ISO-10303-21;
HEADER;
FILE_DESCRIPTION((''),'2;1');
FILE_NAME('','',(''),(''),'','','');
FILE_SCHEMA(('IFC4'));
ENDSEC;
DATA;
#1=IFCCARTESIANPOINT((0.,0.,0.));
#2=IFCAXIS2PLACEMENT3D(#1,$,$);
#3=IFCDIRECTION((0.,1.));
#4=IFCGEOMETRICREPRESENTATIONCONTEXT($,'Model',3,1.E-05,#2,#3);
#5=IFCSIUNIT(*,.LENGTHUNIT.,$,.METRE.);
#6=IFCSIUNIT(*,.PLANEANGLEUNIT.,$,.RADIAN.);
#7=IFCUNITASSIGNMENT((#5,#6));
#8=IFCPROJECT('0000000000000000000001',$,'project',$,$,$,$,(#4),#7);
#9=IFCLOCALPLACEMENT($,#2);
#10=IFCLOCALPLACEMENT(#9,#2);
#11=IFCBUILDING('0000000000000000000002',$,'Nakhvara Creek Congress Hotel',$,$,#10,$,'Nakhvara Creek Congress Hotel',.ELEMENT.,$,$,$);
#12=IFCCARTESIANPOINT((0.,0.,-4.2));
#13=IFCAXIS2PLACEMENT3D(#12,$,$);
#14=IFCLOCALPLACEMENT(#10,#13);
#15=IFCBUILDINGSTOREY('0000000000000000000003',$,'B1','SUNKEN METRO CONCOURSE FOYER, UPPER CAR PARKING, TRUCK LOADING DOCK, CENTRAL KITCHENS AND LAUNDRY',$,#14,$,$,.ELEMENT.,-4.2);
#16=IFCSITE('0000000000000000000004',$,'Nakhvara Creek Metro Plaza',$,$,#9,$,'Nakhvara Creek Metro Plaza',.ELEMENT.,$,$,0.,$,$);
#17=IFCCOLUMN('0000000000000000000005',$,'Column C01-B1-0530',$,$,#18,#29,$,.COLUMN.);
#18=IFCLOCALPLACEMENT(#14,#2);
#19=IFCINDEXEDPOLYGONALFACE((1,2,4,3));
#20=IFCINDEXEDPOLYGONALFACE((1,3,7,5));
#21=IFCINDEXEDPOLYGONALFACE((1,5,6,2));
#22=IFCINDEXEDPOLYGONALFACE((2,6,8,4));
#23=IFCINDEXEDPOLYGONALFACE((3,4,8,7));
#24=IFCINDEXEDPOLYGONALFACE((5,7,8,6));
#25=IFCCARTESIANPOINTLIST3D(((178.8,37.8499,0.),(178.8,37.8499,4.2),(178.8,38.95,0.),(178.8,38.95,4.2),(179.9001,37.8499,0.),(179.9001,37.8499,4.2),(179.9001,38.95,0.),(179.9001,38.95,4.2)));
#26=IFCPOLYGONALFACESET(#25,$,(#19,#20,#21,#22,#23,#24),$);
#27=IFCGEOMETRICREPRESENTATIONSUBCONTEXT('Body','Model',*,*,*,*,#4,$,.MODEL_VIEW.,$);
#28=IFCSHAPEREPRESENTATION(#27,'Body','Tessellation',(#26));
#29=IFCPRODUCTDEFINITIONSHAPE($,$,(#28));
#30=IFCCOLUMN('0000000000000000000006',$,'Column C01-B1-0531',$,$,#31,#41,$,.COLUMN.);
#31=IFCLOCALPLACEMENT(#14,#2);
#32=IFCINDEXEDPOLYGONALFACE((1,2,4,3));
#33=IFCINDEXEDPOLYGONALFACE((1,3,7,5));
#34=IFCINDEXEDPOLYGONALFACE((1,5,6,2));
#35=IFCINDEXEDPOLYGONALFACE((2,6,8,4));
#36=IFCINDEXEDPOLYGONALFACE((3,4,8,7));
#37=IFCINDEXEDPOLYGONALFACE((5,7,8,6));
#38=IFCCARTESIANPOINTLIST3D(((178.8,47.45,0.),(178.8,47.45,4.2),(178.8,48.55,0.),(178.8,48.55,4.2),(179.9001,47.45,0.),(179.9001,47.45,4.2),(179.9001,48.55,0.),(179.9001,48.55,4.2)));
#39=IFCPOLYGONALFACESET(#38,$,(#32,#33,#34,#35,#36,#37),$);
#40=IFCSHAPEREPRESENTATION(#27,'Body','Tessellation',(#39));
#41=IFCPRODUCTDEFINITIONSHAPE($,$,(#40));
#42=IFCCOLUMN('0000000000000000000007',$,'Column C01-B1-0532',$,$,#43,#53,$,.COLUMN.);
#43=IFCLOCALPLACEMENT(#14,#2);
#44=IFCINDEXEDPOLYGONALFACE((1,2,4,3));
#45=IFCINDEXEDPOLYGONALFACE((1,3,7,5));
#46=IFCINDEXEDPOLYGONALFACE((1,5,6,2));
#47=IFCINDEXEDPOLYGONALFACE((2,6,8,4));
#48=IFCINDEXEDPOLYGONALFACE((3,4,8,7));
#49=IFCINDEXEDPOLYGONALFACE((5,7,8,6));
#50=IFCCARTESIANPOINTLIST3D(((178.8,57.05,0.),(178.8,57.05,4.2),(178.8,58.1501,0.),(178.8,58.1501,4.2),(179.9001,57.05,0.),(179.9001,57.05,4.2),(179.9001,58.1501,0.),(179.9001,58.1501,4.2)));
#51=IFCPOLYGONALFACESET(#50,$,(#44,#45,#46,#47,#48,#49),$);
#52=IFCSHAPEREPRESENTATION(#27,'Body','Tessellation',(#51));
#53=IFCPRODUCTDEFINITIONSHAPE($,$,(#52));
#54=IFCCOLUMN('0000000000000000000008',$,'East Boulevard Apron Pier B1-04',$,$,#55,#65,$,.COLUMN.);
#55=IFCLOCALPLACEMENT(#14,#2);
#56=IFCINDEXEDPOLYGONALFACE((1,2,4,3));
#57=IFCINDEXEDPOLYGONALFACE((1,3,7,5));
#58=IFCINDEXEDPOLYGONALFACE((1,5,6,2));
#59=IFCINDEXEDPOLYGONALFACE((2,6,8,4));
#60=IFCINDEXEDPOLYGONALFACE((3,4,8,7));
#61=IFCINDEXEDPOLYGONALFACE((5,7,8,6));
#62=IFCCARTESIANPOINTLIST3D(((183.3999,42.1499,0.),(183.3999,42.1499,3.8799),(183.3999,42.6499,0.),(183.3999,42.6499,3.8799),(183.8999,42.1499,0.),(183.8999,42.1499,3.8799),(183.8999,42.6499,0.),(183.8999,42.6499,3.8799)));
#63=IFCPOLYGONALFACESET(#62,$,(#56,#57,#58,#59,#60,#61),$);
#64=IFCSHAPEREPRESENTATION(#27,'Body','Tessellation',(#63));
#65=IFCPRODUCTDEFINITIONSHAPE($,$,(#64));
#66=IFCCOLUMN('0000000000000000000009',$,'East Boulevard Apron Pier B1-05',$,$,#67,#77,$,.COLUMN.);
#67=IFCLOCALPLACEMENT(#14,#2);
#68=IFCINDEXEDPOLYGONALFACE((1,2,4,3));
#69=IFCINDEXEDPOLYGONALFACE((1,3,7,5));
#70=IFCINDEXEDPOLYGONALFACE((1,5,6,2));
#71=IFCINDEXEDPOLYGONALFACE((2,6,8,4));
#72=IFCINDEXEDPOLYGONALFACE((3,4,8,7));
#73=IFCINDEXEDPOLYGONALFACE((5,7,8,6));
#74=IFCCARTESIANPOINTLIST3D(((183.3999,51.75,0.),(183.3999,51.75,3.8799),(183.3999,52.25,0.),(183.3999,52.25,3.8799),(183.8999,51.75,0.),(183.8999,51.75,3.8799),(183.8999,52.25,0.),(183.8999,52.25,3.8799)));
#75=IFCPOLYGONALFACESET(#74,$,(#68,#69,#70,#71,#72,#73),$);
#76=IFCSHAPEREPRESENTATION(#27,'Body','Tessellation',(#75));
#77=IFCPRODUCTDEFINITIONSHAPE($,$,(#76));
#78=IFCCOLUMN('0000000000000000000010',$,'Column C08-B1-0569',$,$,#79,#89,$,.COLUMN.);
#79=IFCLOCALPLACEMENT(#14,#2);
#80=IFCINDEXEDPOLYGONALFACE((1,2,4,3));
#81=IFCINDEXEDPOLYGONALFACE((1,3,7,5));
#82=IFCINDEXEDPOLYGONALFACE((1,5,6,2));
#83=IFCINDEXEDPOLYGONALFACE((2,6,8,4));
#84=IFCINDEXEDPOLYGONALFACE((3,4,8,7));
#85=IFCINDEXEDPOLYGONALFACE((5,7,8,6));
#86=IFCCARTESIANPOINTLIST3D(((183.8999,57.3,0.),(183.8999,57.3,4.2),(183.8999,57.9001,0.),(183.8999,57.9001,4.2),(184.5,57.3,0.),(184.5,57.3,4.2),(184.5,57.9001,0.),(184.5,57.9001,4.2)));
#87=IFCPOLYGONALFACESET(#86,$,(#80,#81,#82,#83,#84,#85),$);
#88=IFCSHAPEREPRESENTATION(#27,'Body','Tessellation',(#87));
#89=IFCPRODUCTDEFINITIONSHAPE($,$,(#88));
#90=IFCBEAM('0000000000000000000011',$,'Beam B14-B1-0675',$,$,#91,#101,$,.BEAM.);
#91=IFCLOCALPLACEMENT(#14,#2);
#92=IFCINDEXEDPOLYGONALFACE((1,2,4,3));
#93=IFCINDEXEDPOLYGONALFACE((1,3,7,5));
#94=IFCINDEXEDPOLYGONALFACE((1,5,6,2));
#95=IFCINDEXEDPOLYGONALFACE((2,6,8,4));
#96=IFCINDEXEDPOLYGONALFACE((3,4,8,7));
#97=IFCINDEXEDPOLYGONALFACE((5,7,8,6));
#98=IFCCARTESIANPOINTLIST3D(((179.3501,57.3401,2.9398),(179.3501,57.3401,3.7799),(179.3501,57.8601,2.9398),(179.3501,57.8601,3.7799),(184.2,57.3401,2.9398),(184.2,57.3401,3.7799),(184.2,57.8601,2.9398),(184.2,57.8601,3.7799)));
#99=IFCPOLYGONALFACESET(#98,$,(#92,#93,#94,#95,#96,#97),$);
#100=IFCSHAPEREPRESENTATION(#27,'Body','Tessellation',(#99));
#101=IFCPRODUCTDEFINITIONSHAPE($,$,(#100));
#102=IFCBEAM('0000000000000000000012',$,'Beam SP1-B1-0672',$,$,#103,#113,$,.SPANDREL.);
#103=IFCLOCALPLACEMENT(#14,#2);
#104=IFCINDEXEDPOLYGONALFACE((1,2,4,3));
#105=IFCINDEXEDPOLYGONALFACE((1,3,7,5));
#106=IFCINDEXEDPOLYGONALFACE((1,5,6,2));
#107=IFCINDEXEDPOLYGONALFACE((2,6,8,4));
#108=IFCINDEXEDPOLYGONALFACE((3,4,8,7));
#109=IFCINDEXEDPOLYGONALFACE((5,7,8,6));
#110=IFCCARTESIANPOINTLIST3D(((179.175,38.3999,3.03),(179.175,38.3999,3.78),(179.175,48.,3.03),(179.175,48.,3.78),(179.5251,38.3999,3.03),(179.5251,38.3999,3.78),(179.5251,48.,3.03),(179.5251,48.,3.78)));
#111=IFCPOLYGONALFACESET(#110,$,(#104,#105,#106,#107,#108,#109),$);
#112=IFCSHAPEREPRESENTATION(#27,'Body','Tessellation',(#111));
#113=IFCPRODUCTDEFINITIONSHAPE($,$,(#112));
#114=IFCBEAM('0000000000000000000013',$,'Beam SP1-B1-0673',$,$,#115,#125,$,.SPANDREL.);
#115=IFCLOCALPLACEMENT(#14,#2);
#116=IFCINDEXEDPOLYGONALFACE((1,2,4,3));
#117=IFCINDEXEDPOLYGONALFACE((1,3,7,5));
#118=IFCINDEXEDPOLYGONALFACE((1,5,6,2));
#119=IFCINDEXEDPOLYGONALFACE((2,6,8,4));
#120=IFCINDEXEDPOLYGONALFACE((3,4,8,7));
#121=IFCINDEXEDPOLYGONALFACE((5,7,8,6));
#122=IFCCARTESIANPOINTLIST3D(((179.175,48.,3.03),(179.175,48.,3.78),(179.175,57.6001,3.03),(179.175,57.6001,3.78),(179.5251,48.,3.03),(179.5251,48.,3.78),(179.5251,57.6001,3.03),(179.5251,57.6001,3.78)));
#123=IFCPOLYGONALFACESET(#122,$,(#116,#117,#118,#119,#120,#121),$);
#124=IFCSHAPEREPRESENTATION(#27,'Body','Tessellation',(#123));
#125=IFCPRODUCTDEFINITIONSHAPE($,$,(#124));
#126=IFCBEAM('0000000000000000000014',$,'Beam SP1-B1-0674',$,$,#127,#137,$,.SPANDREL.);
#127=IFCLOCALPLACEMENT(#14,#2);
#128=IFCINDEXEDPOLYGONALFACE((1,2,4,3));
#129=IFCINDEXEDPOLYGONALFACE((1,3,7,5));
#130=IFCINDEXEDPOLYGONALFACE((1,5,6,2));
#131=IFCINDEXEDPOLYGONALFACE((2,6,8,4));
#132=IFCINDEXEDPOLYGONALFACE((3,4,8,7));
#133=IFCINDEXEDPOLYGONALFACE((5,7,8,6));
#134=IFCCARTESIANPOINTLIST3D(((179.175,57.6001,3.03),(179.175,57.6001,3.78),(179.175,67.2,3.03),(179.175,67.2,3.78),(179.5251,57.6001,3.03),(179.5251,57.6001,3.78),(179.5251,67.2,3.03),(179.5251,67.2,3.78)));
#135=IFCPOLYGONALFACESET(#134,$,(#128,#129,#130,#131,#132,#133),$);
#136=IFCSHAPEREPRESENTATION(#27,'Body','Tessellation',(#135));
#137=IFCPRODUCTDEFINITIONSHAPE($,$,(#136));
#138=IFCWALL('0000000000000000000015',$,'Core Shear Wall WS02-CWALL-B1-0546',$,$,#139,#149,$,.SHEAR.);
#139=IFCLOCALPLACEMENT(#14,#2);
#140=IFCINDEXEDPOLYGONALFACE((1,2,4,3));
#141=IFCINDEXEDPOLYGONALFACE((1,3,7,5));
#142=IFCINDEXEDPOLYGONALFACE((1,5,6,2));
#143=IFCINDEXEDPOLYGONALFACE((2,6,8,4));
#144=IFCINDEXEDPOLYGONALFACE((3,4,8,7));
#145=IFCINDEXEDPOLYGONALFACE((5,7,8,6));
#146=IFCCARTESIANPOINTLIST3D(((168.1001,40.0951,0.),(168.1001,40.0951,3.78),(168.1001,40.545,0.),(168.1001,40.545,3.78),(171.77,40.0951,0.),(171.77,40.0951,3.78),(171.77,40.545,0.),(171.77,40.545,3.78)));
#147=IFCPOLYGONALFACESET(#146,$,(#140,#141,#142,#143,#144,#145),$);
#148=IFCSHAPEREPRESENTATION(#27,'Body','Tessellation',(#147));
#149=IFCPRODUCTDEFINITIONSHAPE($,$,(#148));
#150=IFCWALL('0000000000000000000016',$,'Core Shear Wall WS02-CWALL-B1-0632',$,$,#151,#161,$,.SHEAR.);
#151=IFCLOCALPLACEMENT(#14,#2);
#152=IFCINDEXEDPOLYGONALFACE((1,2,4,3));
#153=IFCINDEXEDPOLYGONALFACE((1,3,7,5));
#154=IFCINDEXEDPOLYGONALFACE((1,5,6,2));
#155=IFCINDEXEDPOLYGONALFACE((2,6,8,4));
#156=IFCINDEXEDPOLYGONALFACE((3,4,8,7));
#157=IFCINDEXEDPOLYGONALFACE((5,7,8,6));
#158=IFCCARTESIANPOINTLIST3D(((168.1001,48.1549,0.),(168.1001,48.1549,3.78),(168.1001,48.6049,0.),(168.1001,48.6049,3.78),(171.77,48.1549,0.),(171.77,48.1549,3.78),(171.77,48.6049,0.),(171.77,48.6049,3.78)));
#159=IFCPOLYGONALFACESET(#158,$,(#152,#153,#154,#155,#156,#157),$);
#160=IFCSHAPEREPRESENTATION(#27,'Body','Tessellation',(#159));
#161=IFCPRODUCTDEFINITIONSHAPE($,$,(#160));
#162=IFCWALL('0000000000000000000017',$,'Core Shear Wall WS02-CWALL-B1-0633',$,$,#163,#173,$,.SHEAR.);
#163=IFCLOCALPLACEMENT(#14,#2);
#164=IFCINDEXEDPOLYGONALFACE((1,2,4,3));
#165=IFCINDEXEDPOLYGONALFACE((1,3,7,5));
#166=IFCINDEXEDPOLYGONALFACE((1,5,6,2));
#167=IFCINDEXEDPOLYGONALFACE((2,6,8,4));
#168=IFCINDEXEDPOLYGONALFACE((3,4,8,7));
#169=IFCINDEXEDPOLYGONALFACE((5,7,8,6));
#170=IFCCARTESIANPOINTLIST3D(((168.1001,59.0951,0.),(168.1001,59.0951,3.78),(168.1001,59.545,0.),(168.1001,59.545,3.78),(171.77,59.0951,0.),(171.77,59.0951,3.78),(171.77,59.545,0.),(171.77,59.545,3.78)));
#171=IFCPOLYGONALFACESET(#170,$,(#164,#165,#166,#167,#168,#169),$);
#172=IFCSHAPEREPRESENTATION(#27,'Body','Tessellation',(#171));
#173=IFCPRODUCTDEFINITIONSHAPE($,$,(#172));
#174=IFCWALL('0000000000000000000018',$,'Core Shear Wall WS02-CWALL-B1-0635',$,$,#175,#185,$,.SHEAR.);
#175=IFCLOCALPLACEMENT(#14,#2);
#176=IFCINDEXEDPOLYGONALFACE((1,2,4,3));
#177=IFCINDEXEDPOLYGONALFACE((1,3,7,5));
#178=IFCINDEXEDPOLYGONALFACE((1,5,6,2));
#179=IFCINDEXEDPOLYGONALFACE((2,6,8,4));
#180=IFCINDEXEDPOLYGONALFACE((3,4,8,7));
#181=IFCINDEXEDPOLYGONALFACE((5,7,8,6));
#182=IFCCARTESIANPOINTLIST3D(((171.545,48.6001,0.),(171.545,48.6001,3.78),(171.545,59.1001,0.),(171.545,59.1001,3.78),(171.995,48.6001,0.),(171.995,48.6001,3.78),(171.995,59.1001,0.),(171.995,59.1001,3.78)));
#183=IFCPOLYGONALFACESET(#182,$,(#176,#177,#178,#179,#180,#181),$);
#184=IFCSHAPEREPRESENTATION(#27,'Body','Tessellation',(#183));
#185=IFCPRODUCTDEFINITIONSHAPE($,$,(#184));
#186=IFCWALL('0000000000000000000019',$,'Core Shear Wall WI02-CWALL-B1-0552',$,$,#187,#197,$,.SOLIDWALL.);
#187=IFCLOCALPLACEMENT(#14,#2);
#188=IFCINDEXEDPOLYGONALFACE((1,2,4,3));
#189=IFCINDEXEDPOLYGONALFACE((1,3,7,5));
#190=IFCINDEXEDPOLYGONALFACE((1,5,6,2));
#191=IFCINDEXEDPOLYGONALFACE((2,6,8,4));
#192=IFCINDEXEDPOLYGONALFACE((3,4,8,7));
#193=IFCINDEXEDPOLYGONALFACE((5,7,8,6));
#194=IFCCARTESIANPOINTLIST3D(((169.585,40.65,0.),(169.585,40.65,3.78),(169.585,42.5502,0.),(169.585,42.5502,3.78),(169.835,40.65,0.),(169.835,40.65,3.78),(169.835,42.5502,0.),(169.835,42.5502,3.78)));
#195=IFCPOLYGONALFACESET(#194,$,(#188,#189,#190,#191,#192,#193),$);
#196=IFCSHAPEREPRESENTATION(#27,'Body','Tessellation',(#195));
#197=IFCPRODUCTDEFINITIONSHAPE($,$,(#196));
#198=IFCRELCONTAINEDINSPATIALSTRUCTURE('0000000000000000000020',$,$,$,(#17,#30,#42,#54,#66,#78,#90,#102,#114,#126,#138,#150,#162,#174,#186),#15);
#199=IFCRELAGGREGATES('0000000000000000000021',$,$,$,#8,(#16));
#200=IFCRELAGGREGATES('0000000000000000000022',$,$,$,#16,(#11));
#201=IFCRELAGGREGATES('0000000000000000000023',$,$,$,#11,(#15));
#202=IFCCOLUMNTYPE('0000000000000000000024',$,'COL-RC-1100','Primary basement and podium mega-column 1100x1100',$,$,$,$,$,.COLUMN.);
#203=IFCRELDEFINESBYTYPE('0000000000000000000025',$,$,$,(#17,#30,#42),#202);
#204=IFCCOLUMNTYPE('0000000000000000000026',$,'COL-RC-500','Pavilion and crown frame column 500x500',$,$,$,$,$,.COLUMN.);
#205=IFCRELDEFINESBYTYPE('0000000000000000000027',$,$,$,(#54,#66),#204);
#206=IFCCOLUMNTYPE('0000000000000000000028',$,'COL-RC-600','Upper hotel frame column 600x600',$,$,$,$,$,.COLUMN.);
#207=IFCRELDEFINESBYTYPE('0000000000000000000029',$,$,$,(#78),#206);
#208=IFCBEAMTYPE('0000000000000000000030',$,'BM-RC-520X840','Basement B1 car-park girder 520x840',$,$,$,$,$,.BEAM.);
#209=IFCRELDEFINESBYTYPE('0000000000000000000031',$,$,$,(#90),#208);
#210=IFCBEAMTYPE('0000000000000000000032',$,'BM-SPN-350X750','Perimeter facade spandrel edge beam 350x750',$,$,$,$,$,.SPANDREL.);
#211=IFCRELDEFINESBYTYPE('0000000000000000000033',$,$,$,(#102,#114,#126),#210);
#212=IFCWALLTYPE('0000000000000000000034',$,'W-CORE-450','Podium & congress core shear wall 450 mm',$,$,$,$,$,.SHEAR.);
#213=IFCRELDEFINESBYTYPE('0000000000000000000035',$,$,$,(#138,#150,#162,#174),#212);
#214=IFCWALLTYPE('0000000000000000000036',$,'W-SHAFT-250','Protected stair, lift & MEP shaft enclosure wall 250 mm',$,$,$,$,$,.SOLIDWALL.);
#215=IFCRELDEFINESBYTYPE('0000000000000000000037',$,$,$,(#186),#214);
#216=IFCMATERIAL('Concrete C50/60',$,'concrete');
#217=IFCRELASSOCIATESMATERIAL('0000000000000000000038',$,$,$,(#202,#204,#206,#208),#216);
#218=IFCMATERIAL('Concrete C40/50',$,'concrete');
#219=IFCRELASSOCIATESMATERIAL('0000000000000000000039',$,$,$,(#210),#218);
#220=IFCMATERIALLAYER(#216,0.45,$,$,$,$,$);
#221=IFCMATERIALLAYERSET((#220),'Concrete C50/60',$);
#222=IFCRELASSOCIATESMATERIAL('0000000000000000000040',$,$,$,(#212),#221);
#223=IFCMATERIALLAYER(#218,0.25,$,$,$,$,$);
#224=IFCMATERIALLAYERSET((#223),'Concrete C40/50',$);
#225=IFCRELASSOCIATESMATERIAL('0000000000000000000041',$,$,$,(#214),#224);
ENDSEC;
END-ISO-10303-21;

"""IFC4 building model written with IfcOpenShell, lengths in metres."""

from ifc_helpers import new_model, si_unit, direction, frame, frame_2d, origin, origin_2d, place, context, subcontext, project, spatial, rectangle, extrude, material, layer, layer_set, material_profile, profile_set, type_object, element, save


model = new_model("IFC4")

# Units and contexts
model_context = context("Model", 3, precision=1e-05, world=origin(), true_north=direction((0.0, 1.0)))
body_context = subcontext(model_context, "Body", "Model", "MODEL_VIEW")
ifc_project = project(units=[si_unit("LENGTHUNIT", "METRE"), si_unit("PLANEANGLEUNIT", "RADIAN")], contexts=[model_context])

# Site, building, storey
site_placement = place(None, origin())
site = spatial("IfcSite", under=ifc_project, at=site_placement, Name="Nakhvara Creek Metro Plaza", LongName="Nakhvara Creek Metro Plaza", CompositionType="ELEMENT", RefElevation=0.0)
building_placement = place(site_placement, origin())
building = spatial("IfcBuilding", under=site, at=building_placement, Name="Nakhvara Creek Congress Hotel", LongName="Nakhvara Creek Congress Hotel", CompositionType="ELEMENT")
storey_placement = place(building_placement, frame((0.0, 0.0, -4.2)))
storey = spatial("IfcBuildingStorey", under=building, at=storey_placement, Name="B1", Description="SUNKEN METRO CONCOURSE FOYER, UPPER CAR PARKING, TRUCK LOADING DOCK, CENTRAL KITCHENS AND LAUNDRY", CompositionType="ELEMENT", Elevation=-4.2)

# Columns
ifc_material_1 = material(Name="Concrete C50/60", Category="concrete")
ifc_material_profile_1 = material_profile(ifc_material_1, rectangle(XDim=1.1001, YDim=1.1001, at=origin_2d()), Name="RC-COL 1100x1100", Category="LoadBearing")
ifc_profile_set_1 = profile_set([ifc_material_profile_1], Name="Concrete C50/60")
column_type_1 = type_object("IfcColumnType", Name="COL-RC-1100", Description="Primary basement and podium mega-column 1100x1100", PredefinedType="COLUMN", material=ifc_profile_set_1)
for number, where, z_axis, x_axis, name in (
    (1, (179.3501, 38.3999, 0.0), (0.0, 0.0, 1.0), (1.0, 0.0, 0.0), "Column C01-B1-0530"),
    (2, (179.3501, 48.0, 0.0), (0.0, 0.0, 1.0), (1.0, 0.0, 0.0), "Column C01-B1-0531"),
    (3, (179.3501, 57.6001, 0.0), (0.0, 0.0, 1.0), (1.0, 0.0, 0.0), "Column C01-B1-0532"),
):
    element("IfcColumn", number, at=place(storey_placement, frame(where, z_axis=z_axis, x_axis=x_axis)), inside=storey, type_object=column_type_1, Name=name, PredefinedType="COLUMN", context=body_context, shape_type="SweptSolid", body=[
        extrude(rectangle(XDim=1.1001, YDim=1.1001, at=origin_2d()), origin(), (0.0, 0.0, 1.0), 4.2),
    ])
ifc_material_profile_2 = material_profile(ifc_material_1, rectangle(XDim=0.5, YDim=0.5, at=origin_2d()), Name="RC-COL 500x500", Category="LoadBearing")
ifc_profile_set_2 = profile_set([ifc_material_profile_2], Name="Concrete C50/60")
column_type_2 = type_object("IfcColumnType", Name="COL-RC-500", Description="Pavilion and crown frame column 500x500", PredefinedType="COLUMN", material=ifc_profile_set_2)
for number, where, z_axis, x_axis, name in (
    (4, (183.6499, 42.3999, 0.0), (0.0, 0.0, 1.0), (1.0, 0.0, 0.0), "East Boulevard Apron Pier B1-04"),
    (5, (183.6499, 52.0, 0.0), (0.0, 0.0, 1.0), (1.0, 0.0, 0.0), "East Boulevard Apron Pier B1-05"),
):
    element("IfcColumn", number, at=place(storey_placement, frame(where, z_axis=z_axis, x_axis=x_axis)), inside=storey, type_object=column_type_2, Name=name, PredefinedType="COLUMN", context=body_context, shape_type="SweptSolid", body=[
        extrude(rectangle(XDim=0.5, YDim=0.5, at=origin_2d()), origin(), (0.0, 0.0, 1.0), 3.8799),
    ])
ifc_material_profile_3 = material_profile(ifc_material_1, rectangle(XDim=0.6001, YDim=0.6001, at=origin_2d()), Name="RC-COL 600x600", Category="LoadBearing")
ifc_profile_set_3 = profile_set([ifc_material_profile_3], Name="Concrete C50/60")
column_type_3 = type_object("IfcColumnType", Name="COL-RC-600", Description="Upper hotel frame column 600x600", PredefinedType="COLUMN", material=ifc_profile_set_3)
column_placement = place(storey_placement, frame((184.2, 57.6001, 0.0), z_axis=(0.0, 0.0, 1.0), x_axis=(1.0, 0.0, 0.0)))
element("IfcColumn", 6, at=column_placement, inside=storey, type_object=column_type_3, Name="Column C08-B1-0569", PredefinedType="COLUMN", context=body_context, shape_type="SweptSolid", body=[
    extrude(rectangle(XDim=0.6001, YDim=0.6001, at=origin_2d()), origin(), (0.0, 0.0, 1.0), 4.2),
])

# Beams
ifc_material_profile_4 = material_profile(ifc_material_1, rectangle(XDim=0.52, YDim=0.8401, at=origin_2d()), Name="RC-BM 520x840", Category="LoadBearing")
ifc_profile_set_4 = profile_set([ifc_material_profile_4], Name="Concrete C50/60")
beam_type_1 = type_object("IfcBeamType", Name="BM-RC-520X840", Description="Basement B1 car-park girder 520x840", PredefinedType="BEAM", material=ifc_profile_set_4)
beam_1_placement = place(storey_placement, frame((179.3501, 57.6001, 3.3599), z_axis=(1.0, 0.0, 0.0), x_axis=(0.0, 1.0, 0.0)))
element("IfcBeam", 7, at=beam_1_placement, inside=storey, type_object=beam_type_1, Name="Beam B14-B1-0675", PredefinedType="BEAM", context=body_context, shape_type="SweptSolid", body=[
    extrude(rectangle(XDim=0.52, YDim=0.8401, at=origin_2d()), origin(), (0.0, 0.0, 1.0), 4.8499),
])
ifc_material_2 = material(Name="Concrete C40/50", Category="concrete")
ifc_material_profile_5 = material_profile(ifc_material_2, rectangle(XDim=0.3501, YDim=0.75, at=origin_2d()), Name="RC-SPANDREL 350x750", Category="LoadBearing")
ifc_profile_set_5 = profile_set([ifc_material_profile_5], Name="Concrete C40/50")
beam_type_2 = type_object("IfcBeamType", Name="BM-SPN-350X750", Description="Perimeter facade spandrel edge beam 350x750", PredefinedType="SPANDREL", material=ifc_profile_set_5)
for number, where, z_axis, x_axis, name in (
    (8, (179.3501, 38.3999, 3.405), (0.0, 1.0, 0.0), (-1.0, 0.0, 0.0), "Beam SP1-B1-0672"),
    (9, (179.3501, 48.0, 3.405), (0.0, 1.0, 0.0), (-1.0, 0.0, 0.0), "Beam SP1-B1-0673"),
):
    element("IfcBeam", number, at=place(storey_placement, frame(where, z_axis=z_axis, x_axis=x_axis)), inside=storey, type_object=beam_type_2, Name=name, PredefinedType="SPANDREL", context=body_context, shape_type="SweptSolid", body=[
        extrude(rectangle(XDim=0.3501, YDim=0.75, at=origin_2d()), origin(), (0.0, 0.0, 1.0), 9.6001),
    ])
beam_2_placement = place(storey_placement, frame((179.3501, 57.6001, 3.405), z_axis=(0.0, 1.0, 0.0), x_axis=(-1.0, 0.0, 0.0)))
element("IfcBeam", 10, at=beam_2_placement, inside=storey, type_object=beam_type_2, Name="Beam SP1-B1-0674", PredefinedType="SPANDREL", context=body_context, shape_type="SweptSolid", body=[
    extrude(rectangle(XDim=0.3501, YDim=0.75, at=origin_2d()), origin(), (0.0, 0.0, 1.0), 9.5999),
])

# Walls
ifc_layer_1 = layer(ifc_material_1, 0.45)
ifc_layer_set_1 = layer_set([ifc_layer_1], Name="Concrete C50/60")
wall_type_1 = type_object("IfcWallType", Name="W-CORE-450", Description="Podium & congress core shear wall 450 mm", PredefinedType="SHEAR", material=ifc_layer_set_1)
for number, where, z_axis, x_axis, name in (
    (11, (168.1001, 40.3201, 0.0), (0.0, 0.0, 1.0), (1.0, 0.0, 0.0), "Core Shear Wall WS02-CWALL-B1-0546"),
    (12, (168.1001, 48.3799, 0.0), (0.0, 0.0, 1.0), (1.0, 0.0, 0.0), "Core Shear Wall WS02-CWALL-B1-0632"),
    (13, (168.1001, 59.3201, 0.0), (0.0, 0.0, 1.0), (1.0, 0.0, 0.0), "Core Shear Wall WS02-CWALL-B1-0633"),
):
    element("IfcWall", number, at=place(storey_placement, frame(where, z_axis=z_axis, x_axis=x_axis)), inside=storey, type_object=wall_type_1, Name=name, PredefinedType="SHEAR", context=body_context, shape_type="SweptSolid", body=[
        extrude(rectangle(XDim=3.6699, YDim=0.45, at=frame_2d((1.835, 0.0))), origin(), (0.0, 0.0, 1.0), 3.78),
    ])

# Walls
wall_1_placement = place(storey_placement, frame((171.77, 48.6001, 0.0), z_axis=(0.0, 0.0, 1.0), x_axis=(0.0, 1.0, 0.0)))
element("IfcWall", 14, at=wall_1_placement, inside=storey, type_object=wall_type_1, Name="Core Shear Wall WS02-CWALL-B1-0635", PredefinedType="SHEAR", context=body_context, shape_type="SweptSolid", body=[
    extrude(rectangle(XDim=10.5, YDim=0.45, at=frame_2d((5.25, 0.0))), origin(), (0.0, 0.0, 1.0), 3.78),
])
ifc_layer_2 = layer(ifc_material_2, 0.25)
ifc_layer_set_2 = layer_set([ifc_layer_2], Name="Concrete C40/50")
wall_type_2 = type_object("IfcWallType", Name="W-SHAFT-250", Description="Protected stair, lift & MEP shaft enclosure wall 250 mm", PredefinedType="SOLIDWALL", material=ifc_layer_set_2)
wall_2_placement = place(storey_placement, frame((169.71, 40.6499, 0.0), z_axis=(0.0, 0.0, 1.0), x_axis=(0.0, 1.0, 0.0)))
element("IfcWall", 15, at=wall_2_placement, inside=storey, type_object=wall_type_2, Name="Core Shear Wall WI02-CWALL-B1-0552", PredefinedType="SOLIDWALL", context=body_context, shape_type="SweptSolid", body=[
    extrude(rectangle(XDim=1.9001, YDim=0.25, at=frame_2d((0.9502, 0.0))), origin(), (0.0, 0.0, 1.0), 3.78),
])

save(model, "model.ifc")
